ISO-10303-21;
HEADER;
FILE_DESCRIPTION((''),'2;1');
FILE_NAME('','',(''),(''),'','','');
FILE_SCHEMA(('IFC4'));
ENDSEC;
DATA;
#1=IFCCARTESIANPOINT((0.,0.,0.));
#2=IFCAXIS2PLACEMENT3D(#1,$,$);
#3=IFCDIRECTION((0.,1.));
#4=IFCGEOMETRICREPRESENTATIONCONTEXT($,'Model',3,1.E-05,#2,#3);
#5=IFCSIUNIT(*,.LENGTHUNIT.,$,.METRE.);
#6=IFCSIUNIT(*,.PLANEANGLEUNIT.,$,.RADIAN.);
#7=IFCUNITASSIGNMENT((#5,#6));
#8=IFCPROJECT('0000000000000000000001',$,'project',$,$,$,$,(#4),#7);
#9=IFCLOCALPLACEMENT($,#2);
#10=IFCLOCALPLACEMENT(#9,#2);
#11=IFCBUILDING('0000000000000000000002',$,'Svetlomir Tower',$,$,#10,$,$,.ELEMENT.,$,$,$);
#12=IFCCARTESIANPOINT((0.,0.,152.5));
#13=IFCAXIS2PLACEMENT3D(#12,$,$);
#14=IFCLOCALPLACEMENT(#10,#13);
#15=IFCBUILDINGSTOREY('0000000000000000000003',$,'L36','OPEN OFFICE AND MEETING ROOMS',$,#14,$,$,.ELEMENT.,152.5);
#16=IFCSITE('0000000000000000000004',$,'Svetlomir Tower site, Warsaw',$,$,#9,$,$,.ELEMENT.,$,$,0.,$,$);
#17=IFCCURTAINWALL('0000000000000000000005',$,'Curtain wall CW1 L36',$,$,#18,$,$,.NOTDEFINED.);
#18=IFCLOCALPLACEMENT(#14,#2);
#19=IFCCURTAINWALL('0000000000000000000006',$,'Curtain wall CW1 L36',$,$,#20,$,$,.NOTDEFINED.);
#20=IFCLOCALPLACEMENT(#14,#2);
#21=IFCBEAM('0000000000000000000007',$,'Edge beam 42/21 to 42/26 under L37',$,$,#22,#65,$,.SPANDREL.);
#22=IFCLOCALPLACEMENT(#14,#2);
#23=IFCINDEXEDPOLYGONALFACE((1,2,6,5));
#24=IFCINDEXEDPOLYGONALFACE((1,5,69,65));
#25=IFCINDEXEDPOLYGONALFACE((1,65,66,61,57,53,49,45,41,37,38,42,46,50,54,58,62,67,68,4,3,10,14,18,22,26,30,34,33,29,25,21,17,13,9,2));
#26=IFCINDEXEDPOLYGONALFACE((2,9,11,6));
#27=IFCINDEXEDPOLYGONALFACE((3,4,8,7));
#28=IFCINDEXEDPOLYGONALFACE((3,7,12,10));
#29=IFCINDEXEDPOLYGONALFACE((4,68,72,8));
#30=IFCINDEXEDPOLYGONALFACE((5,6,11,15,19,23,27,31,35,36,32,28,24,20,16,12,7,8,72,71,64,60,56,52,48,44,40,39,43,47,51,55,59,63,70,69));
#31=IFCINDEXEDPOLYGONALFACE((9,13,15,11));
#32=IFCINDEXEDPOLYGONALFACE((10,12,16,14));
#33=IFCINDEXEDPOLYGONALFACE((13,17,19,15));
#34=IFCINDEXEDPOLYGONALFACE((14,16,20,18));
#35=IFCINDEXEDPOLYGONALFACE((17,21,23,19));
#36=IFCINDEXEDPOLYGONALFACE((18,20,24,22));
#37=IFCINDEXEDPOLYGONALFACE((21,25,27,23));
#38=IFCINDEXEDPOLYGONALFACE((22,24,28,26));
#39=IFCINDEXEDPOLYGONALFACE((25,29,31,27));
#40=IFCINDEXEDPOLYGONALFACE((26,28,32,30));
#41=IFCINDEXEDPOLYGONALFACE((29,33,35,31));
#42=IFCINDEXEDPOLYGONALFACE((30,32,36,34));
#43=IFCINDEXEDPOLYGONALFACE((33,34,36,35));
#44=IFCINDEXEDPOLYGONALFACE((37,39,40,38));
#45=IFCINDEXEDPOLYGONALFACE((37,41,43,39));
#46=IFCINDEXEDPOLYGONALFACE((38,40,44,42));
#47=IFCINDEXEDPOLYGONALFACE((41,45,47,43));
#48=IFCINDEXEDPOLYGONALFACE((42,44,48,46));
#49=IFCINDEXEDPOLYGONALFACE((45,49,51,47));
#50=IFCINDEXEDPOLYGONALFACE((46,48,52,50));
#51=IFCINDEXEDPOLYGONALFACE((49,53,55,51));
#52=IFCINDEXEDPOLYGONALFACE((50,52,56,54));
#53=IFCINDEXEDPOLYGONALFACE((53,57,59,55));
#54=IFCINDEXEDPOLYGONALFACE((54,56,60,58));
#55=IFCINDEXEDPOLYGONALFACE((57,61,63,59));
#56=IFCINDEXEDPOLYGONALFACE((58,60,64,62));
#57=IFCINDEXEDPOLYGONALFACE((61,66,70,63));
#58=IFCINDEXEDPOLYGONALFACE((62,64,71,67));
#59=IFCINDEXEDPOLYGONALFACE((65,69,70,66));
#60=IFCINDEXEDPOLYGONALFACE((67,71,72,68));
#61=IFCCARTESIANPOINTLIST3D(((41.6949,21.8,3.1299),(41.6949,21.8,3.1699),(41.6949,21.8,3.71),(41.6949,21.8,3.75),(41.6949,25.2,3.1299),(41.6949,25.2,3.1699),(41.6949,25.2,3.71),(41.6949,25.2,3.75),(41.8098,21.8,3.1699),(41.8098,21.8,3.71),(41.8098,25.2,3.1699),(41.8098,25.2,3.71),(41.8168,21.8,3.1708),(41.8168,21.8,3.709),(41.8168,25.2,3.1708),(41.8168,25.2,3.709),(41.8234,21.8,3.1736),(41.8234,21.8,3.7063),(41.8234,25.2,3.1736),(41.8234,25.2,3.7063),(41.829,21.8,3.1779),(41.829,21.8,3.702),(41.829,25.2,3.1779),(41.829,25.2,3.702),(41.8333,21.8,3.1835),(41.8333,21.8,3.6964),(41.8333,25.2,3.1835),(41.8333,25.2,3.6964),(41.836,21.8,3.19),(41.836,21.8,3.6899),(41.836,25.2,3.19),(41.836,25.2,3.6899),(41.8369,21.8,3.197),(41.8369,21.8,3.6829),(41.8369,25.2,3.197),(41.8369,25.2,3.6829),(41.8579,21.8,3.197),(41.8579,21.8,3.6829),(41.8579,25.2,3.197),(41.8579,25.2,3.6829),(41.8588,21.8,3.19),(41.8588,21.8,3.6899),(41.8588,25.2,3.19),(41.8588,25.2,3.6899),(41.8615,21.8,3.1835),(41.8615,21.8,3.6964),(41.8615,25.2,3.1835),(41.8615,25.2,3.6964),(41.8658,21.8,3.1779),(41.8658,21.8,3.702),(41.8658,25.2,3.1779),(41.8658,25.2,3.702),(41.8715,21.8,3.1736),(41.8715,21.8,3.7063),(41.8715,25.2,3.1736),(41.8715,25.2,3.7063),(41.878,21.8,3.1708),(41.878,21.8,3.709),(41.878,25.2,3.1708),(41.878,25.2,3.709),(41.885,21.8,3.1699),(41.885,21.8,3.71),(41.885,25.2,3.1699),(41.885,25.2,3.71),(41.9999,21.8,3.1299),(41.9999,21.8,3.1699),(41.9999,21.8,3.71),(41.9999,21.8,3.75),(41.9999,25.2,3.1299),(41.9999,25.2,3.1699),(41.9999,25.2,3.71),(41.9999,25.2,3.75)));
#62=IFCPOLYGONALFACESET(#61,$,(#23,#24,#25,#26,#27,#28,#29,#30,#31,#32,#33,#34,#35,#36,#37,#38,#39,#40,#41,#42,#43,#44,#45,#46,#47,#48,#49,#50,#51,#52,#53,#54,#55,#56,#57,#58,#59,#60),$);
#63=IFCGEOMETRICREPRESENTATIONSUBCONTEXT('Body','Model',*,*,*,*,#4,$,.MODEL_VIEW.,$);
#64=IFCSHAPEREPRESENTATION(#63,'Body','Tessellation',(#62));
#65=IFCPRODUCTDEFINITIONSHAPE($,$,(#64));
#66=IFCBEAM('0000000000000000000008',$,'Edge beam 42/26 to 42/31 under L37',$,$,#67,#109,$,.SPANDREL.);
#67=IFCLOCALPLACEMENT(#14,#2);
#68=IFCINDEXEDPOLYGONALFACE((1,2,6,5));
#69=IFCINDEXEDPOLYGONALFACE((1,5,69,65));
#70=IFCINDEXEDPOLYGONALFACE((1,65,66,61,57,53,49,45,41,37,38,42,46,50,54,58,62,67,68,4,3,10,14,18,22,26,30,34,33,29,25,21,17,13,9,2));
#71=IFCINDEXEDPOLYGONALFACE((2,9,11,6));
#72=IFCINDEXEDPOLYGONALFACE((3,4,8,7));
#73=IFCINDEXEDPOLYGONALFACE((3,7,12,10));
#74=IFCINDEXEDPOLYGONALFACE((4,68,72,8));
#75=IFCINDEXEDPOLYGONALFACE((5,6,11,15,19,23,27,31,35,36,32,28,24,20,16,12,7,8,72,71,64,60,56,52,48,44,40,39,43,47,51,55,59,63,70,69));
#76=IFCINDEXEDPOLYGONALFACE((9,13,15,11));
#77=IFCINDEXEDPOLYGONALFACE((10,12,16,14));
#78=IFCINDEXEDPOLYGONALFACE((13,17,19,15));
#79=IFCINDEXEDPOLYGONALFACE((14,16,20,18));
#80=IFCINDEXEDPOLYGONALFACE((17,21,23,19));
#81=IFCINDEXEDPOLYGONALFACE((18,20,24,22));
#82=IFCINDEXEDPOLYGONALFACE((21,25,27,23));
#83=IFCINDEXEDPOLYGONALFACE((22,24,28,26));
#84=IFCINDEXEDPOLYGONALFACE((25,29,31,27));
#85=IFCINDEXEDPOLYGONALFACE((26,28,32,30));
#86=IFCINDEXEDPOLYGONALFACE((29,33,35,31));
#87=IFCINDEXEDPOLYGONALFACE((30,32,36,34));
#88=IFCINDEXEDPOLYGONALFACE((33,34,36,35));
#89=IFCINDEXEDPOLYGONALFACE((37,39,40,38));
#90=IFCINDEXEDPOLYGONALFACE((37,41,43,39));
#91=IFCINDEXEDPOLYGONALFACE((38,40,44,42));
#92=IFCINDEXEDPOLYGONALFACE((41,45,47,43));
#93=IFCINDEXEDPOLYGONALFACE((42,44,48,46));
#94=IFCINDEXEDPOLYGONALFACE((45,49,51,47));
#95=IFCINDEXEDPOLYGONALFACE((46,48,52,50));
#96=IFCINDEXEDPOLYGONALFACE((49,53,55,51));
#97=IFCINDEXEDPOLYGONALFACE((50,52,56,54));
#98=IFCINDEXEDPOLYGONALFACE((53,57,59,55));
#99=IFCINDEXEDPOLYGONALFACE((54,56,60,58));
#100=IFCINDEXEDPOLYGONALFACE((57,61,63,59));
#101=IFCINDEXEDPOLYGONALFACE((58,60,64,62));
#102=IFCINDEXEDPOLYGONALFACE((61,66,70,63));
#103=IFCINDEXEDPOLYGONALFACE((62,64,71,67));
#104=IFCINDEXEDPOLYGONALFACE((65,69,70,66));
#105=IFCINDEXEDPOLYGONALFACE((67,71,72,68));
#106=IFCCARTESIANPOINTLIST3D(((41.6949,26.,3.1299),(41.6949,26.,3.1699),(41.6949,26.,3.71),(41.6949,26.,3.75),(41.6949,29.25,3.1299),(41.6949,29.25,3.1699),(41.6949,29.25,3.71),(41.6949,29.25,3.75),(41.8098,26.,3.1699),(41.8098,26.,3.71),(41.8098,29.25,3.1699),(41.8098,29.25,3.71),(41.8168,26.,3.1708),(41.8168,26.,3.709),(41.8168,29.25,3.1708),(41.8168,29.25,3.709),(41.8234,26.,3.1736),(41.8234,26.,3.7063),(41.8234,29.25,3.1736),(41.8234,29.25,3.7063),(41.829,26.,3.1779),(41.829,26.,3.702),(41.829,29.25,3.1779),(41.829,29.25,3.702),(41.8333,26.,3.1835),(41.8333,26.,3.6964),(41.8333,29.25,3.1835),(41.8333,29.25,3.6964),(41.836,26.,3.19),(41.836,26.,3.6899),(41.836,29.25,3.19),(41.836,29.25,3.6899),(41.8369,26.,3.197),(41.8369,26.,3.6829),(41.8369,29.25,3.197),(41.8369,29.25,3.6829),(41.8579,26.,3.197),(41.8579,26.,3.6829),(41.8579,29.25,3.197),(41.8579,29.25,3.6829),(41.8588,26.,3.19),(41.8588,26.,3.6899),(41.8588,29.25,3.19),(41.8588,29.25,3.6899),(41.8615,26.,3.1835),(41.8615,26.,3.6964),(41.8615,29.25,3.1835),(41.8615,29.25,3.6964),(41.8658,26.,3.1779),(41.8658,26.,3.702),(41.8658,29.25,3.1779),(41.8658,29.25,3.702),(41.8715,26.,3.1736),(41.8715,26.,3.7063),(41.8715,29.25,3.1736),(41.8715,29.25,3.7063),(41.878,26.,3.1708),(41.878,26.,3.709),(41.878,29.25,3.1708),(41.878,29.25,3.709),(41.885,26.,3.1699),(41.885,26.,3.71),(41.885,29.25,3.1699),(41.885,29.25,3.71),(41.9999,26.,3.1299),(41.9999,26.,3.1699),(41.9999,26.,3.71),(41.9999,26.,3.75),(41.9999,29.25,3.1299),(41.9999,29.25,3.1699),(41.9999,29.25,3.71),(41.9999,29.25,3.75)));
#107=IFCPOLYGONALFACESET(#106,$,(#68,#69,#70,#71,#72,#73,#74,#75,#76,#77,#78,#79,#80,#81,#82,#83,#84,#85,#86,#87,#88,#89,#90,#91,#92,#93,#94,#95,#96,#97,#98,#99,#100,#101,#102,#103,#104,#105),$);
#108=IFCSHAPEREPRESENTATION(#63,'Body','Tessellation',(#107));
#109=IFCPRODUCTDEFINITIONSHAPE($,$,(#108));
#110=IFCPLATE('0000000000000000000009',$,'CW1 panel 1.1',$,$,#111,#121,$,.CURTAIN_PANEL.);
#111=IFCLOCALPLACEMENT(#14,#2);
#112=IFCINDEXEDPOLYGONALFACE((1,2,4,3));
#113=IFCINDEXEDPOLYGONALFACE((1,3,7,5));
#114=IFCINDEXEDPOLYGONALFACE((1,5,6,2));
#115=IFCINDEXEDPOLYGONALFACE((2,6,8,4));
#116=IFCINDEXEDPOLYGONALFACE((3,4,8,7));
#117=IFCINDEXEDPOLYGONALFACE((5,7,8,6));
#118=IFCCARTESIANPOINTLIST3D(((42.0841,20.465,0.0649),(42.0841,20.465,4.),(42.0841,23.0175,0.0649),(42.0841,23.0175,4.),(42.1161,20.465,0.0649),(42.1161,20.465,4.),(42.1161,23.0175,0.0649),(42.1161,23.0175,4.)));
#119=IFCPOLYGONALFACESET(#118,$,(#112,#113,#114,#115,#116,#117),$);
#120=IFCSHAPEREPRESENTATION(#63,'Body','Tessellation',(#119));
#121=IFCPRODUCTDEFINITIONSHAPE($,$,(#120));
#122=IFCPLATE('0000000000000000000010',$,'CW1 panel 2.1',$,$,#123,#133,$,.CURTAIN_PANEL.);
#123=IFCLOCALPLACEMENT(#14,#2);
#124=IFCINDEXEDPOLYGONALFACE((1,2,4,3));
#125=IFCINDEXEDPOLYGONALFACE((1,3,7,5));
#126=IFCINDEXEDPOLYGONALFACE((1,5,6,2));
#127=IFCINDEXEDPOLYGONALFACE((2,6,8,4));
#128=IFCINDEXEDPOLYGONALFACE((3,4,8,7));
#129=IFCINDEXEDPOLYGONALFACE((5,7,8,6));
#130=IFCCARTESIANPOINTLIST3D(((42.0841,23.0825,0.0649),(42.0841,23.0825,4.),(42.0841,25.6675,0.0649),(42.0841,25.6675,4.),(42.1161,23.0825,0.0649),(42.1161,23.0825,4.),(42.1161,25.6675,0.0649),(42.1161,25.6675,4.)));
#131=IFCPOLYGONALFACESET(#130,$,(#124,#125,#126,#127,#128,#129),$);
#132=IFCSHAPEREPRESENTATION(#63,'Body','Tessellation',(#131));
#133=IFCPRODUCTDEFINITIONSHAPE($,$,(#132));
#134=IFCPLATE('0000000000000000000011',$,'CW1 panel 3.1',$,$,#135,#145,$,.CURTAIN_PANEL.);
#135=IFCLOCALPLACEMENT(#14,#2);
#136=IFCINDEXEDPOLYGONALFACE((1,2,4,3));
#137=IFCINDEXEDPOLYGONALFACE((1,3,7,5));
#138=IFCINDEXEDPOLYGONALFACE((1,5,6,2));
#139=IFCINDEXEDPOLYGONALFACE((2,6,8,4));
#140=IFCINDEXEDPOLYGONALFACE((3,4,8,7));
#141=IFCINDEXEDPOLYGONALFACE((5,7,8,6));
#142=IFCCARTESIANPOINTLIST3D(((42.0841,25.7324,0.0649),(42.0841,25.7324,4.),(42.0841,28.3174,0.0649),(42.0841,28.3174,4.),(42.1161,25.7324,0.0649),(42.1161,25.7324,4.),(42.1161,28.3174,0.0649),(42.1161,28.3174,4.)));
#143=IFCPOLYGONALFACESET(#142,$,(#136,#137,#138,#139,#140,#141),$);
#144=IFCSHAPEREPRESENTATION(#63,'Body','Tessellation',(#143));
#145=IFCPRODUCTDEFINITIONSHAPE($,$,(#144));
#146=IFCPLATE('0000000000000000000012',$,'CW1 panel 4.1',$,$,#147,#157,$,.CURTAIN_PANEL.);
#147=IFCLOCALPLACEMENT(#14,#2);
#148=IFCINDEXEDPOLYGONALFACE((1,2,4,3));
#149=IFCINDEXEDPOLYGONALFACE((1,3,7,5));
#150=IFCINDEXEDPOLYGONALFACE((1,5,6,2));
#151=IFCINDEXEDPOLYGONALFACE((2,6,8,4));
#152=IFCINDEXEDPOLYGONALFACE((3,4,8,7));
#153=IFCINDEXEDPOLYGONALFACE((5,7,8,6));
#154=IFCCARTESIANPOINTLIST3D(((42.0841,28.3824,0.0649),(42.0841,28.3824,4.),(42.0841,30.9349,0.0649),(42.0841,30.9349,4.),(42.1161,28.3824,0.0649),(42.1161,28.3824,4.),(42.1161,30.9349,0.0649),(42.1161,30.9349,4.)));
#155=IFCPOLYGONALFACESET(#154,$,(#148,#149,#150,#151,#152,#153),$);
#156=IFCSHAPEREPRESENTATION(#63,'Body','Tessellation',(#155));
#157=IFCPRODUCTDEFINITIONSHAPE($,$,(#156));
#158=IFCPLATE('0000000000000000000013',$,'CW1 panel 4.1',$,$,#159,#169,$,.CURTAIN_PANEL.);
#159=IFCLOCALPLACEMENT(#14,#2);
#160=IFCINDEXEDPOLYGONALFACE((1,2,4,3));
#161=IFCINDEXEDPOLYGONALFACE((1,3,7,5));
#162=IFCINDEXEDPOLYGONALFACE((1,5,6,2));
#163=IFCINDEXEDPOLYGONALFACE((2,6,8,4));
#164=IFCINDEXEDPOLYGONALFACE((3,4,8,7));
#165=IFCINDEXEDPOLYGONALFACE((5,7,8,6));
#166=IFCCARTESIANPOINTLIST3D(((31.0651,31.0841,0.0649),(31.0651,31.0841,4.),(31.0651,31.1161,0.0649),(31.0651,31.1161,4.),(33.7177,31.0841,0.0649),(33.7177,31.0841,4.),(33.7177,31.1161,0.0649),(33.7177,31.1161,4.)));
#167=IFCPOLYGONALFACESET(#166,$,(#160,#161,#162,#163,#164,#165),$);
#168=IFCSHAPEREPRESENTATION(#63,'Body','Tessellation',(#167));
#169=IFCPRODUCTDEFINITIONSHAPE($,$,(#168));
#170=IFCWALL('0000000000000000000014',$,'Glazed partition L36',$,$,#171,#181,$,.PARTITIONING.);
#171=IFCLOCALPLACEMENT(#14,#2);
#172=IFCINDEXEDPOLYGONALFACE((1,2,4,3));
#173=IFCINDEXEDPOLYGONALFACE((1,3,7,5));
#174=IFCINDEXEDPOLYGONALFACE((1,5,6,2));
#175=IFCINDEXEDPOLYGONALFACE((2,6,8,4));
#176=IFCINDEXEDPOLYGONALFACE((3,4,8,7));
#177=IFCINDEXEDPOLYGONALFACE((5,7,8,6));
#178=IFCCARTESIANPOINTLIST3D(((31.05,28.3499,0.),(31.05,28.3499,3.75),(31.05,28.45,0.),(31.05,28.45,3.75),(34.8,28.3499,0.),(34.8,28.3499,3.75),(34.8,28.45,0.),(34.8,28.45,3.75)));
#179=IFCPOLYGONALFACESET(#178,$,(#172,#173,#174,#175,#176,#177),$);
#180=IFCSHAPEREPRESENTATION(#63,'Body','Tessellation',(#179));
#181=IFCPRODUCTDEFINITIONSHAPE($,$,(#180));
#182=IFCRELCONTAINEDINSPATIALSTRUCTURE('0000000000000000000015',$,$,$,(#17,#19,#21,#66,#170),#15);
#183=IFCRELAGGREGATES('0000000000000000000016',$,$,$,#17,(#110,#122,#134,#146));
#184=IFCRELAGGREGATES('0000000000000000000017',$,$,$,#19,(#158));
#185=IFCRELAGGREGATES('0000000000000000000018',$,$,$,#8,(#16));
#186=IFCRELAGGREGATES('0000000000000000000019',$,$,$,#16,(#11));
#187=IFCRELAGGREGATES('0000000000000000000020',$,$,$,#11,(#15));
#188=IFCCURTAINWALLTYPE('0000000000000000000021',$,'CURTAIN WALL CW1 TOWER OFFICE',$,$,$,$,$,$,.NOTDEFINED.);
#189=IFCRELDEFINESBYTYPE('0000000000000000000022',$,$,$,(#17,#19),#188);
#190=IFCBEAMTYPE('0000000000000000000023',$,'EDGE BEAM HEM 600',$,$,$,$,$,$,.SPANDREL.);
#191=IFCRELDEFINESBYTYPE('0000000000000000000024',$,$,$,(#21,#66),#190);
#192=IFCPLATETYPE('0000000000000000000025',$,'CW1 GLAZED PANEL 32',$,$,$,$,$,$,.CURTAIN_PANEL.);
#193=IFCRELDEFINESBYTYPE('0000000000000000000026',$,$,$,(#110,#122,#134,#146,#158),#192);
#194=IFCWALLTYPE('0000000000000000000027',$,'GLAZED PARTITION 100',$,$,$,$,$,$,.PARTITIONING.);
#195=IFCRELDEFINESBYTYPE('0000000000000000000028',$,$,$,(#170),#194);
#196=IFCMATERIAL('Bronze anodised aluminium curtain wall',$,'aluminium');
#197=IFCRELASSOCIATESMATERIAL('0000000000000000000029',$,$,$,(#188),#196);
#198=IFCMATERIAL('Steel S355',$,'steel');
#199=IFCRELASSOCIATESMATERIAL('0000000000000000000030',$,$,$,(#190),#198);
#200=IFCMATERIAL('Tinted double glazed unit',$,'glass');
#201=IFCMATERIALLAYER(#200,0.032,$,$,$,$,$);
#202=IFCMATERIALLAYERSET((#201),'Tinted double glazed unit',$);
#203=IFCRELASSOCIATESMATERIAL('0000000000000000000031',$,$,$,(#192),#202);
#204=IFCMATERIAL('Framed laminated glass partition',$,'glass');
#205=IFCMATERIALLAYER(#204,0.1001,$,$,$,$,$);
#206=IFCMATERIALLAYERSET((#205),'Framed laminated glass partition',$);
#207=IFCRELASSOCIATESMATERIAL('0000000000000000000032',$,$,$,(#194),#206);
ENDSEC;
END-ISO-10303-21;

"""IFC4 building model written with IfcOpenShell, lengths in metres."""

from ifc_helpers import new_model, si_unit, direction, frame, frame_2d, origin, origin_2d, place, context, subcontext, project, spatial, rectangle, i_section, extrude, material, layer, layer_set, material_profile, profile_set, type_object, element, aggregate, save


model = new_model("IFC4")

# Units and contexts
model_context = context("Model", 3, precision=1e-05, world=origin(), true_north=direction((0.0, 1.0)))
body_context = subcontext(model_context, "Body", "Model", "MODEL_VIEW")
ifc_project = project(units=[si_unit("LENGTHUNIT", "METRE"), si_unit("PLANEANGLEUNIT", "RADIAN")], contexts=[model_context])

# Site, building, storey
site_placement = place(None, origin())
site = spatial("IfcSite", under=ifc_project, at=site_placement, Name="Svetlomir Tower site, Warsaw", CompositionType="ELEMENT", RefElevation=0.0)
building_placement = place(site_placement, origin())
building = spatial("IfcBuilding", under=site, at=building_placement, Name="Svetlomir Tower", CompositionType="ELEMENT")
storey_placement = place(building_placement, frame((0.0, 0.0, 152.5)))
storey = spatial("IfcBuildingStorey", under=building, at=storey_placement, Name="L36", Description="OPEN OFFICE AND MEETING ROOMS", CompositionType="ELEMENT", Elevation=152.5)

# Curtain wall
ifc_material_1 = material(Name="Bronze anodised aluminium curtain wall", Category="aluminium")
curtain_wall_type = type_object("IfcCurtainWallType", Name="CURTAIN WALL CW1 TOWER OFFICE", PredefinedType="NOTDEFINED", material=ifc_material_1)
curtain_wall_1_placement = place(storey_placement, origin())
curtain_wall_1 = element("IfcCurtainWall", 1, at=curtain_wall_1_placement, inside=storey, type_object=curtain_wall_type, Name="Curtain wall CW1 L36", PredefinedType="NOTDEFINED")

# Curtain wall
curtain_wall_2_placement = place(storey_placement, origin())
curtain_wall_2 = element("IfcCurtainWall", 2, at=curtain_wall_2_placement, inside=storey, type_object=curtain_wall_type, Name="Curtain wall CW1 L36", PredefinedType="NOTDEFINED")

# Beams
ifc_material_2 = material(Name="Steel S355", Category="steel")
ifc_material_profile_1 = material_profile(ifc_material_2, i_section(OverallWidth=0.3049, OverallDepth=0.6201, WebThickness=0.021, FlangeThickness=0.04, FilletRadius=0.0271, at=origin_2d()), Name="HEM 600")
ifc_profile_set_1 = profile_set([ifc_material_profile_1], Name="Steel S355")
beam_type = type_object("IfcBeamType", Name="EDGE BEAM HEM 600", PredefinedType="SPANDREL", material=ifc_profile_set_1)
beam_1_placement = place(storey_placement, frame((41.8474, 21.8, 3.4399), z_axis=(0.0, 1.0, 0.0), x_axis=(-1.0, 0.0, 0.0)))
element("IfcBeam", 3, at=beam_1_placement, inside=storey, type_object=beam_type, Name="Edge beam 42/21 to 42/26 under L37", PredefinedType="SPANDREL", context=body_context, shape_type="SweptSolid", body=[
    extrude(i_section(OverallWidth=0.3049, OverallDepth=0.6201, WebThickness=0.021, FlangeThickness=0.04, FilletRadius=0.0271, at=origin_2d()), origin(), (0.0, 0.0, 1.0), 3.3999),
])
beam_2_placement = place(storey_placement, frame((41.8474, 26.0, 3.4399), z_axis=(0.0, 1.0, 0.0), x_axis=(-1.0, 0.0, 0.0)))
element("IfcBeam", 4, at=beam_2_placement, inside=storey, type_object=beam_type, Name="Edge beam 42/26 to 42/31 under L37", PredefinedType="SPANDREL", context=body_context, shape_type="SweptSolid", body=[
    extrude(i_section(OverallWidth=0.3049, OverallDepth=0.6201, WebThickness=0.021, FlangeThickness=0.04, FilletRadius=0.0271, at=origin_2d()), origin(), (0.0, 0.0, 1.0), 3.25),
])

# Plates
ifc_material_3 = material(Name="Tinted double glazed unit", Category="glass")
ifc_layer_1 = layer(ifc_material_3, 0.032)
ifc_layer_set_1 = layer_set([ifc_layer_1], Name="Tinted double glazed unit")
plate_type = type_object("IfcPlateType", Name="CW1 GLAZED PANEL 32", PredefinedType="CURTAIN_PANEL", material=ifc_layer_set_1)
plate_1_placement = place(storey_placement, frame((42.1001, 21.7412, 0.0649), z_axis=(0.0, 0.0, 1.0), x_axis=(0.0, 1.0, 0.0)))
plate_1 = element("IfcPlate", 5, at=plate_1_placement, type_object=plate_type, Name="CW1 panel 1.1", PredefinedType="CURTAIN_PANEL", context=body_context, shape_type="SweptSolid", body=[
    extrude(rectangle(XDim=2.5525, YDim=0.032, at=origin_2d()), origin(), (0.0, 0.0, 1.0), 3.9351),
])
plate_2_placement = place(storey_placement, frame((42.1001, 24.375, 0.0649), z_axis=(0.0, 0.0, 1.0), x_axis=(0.0, 1.0, 0.0)))
plate_2 = element("IfcPlate", 6, at=plate_2_placement, type_object=plate_type, Name="CW1 panel 2.1", PredefinedType="CURTAIN_PANEL", context=body_context, shape_type="SweptSolid", body=[
    extrude(rectangle(XDim=2.585, YDim=0.032, at=origin_2d()), origin(), (0.0, 0.0, 1.0), 3.9351),
])
plate_3_placement = place(storey_placement, frame((42.1001, 27.0249, 0.0649), z_axis=(0.0, 0.0, 1.0), x_axis=(0.0, 1.0, 0.0)))
plate_3 = element("IfcPlate", 7, at=plate_3_placement, type_object=plate_type, Name="CW1 panel 3.1", PredefinedType="CURTAIN_PANEL", context=body_context, shape_type="SweptSolid", body=[
    extrude(rectangle(XDim=2.585, YDim=0.032, at=origin_2d()), origin(), (0.0, 0.0, 1.0), 3.9351),
])
plate_4_placement = place(storey_placement, frame((42.1001, 29.6587, 0.0649), z_axis=(0.0, 0.0, 1.0), x_axis=(0.0, 1.0, 0.0)))
plate_4 = element("IfcPlate", 8, at=plate_4_placement, type_object=plate_type, Name="CW1 panel 4.1", PredefinedType="CURTAIN_PANEL", context=body_context, shape_type="SweptSolid", body=[
    extrude(rectangle(XDim=2.5525, YDim=0.032, at=origin_2d()), origin(), (0.0, 0.0, 1.0), 3.9351),
])
aggregate(curtain_wall_1, [plate_1, plate_2, plate_3, plate_4])
plate_5_placement = place(storey_placement, frame((32.3914, 31.1001, 0.0649), z_axis=(0.0, 0.0, 1.0), x_axis=(-1.0, 0.0, 0.0)))
plate_5 = element("IfcPlate", 9, at=plate_5_placement, type_object=plate_type, Name="CW1 panel 4.1", PredefinedType="CURTAIN_PANEL", context=body_context, shape_type="SweptSolid", body=[
    extrude(rectangle(XDim=2.6526, YDim=0.032, at=origin_2d()), origin(), (0.0, 0.0, 1.0), 3.9351),
])
aggregate(curtain_wall_2, [plate_5])

# Wall
ifc_material_4 = material(Name="Framed laminated glass partition", Category="glass")
ifc_layer_2 = layer(ifc_material_4, 0.1001)
ifc_layer_set_2 = layer_set([ifc_layer_2], Name="Framed laminated glass partition")
wall_type_1 = type_object("IfcWallType", Name="GLAZED PARTITION 100", PredefinedType="PARTITIONING", material=ifc_layer_set_2)
wall_1_placement = place(storey_placement, frame((31.05, 28.3999, 0.0), z_axis=(0.0, 0.0, 1.0), x_axis=(1.0, 0.0, 0.0)))
element("IfcWall", 10, at=wall_1_placement, inside=storey, type_object=wall_type_1, Name="Glazed partition L36", PredefinedType="PARTITIONING", context=body_context, shape_type="SweptSolid", body=[
    extrude(rectangle(XDim=3.75, YDim=0.1001, at=frame_2d((1.875, 0.0))), origin(), (0.0, 0.0, 1.0), 3.75),
])

save(model, "model.ifc")
